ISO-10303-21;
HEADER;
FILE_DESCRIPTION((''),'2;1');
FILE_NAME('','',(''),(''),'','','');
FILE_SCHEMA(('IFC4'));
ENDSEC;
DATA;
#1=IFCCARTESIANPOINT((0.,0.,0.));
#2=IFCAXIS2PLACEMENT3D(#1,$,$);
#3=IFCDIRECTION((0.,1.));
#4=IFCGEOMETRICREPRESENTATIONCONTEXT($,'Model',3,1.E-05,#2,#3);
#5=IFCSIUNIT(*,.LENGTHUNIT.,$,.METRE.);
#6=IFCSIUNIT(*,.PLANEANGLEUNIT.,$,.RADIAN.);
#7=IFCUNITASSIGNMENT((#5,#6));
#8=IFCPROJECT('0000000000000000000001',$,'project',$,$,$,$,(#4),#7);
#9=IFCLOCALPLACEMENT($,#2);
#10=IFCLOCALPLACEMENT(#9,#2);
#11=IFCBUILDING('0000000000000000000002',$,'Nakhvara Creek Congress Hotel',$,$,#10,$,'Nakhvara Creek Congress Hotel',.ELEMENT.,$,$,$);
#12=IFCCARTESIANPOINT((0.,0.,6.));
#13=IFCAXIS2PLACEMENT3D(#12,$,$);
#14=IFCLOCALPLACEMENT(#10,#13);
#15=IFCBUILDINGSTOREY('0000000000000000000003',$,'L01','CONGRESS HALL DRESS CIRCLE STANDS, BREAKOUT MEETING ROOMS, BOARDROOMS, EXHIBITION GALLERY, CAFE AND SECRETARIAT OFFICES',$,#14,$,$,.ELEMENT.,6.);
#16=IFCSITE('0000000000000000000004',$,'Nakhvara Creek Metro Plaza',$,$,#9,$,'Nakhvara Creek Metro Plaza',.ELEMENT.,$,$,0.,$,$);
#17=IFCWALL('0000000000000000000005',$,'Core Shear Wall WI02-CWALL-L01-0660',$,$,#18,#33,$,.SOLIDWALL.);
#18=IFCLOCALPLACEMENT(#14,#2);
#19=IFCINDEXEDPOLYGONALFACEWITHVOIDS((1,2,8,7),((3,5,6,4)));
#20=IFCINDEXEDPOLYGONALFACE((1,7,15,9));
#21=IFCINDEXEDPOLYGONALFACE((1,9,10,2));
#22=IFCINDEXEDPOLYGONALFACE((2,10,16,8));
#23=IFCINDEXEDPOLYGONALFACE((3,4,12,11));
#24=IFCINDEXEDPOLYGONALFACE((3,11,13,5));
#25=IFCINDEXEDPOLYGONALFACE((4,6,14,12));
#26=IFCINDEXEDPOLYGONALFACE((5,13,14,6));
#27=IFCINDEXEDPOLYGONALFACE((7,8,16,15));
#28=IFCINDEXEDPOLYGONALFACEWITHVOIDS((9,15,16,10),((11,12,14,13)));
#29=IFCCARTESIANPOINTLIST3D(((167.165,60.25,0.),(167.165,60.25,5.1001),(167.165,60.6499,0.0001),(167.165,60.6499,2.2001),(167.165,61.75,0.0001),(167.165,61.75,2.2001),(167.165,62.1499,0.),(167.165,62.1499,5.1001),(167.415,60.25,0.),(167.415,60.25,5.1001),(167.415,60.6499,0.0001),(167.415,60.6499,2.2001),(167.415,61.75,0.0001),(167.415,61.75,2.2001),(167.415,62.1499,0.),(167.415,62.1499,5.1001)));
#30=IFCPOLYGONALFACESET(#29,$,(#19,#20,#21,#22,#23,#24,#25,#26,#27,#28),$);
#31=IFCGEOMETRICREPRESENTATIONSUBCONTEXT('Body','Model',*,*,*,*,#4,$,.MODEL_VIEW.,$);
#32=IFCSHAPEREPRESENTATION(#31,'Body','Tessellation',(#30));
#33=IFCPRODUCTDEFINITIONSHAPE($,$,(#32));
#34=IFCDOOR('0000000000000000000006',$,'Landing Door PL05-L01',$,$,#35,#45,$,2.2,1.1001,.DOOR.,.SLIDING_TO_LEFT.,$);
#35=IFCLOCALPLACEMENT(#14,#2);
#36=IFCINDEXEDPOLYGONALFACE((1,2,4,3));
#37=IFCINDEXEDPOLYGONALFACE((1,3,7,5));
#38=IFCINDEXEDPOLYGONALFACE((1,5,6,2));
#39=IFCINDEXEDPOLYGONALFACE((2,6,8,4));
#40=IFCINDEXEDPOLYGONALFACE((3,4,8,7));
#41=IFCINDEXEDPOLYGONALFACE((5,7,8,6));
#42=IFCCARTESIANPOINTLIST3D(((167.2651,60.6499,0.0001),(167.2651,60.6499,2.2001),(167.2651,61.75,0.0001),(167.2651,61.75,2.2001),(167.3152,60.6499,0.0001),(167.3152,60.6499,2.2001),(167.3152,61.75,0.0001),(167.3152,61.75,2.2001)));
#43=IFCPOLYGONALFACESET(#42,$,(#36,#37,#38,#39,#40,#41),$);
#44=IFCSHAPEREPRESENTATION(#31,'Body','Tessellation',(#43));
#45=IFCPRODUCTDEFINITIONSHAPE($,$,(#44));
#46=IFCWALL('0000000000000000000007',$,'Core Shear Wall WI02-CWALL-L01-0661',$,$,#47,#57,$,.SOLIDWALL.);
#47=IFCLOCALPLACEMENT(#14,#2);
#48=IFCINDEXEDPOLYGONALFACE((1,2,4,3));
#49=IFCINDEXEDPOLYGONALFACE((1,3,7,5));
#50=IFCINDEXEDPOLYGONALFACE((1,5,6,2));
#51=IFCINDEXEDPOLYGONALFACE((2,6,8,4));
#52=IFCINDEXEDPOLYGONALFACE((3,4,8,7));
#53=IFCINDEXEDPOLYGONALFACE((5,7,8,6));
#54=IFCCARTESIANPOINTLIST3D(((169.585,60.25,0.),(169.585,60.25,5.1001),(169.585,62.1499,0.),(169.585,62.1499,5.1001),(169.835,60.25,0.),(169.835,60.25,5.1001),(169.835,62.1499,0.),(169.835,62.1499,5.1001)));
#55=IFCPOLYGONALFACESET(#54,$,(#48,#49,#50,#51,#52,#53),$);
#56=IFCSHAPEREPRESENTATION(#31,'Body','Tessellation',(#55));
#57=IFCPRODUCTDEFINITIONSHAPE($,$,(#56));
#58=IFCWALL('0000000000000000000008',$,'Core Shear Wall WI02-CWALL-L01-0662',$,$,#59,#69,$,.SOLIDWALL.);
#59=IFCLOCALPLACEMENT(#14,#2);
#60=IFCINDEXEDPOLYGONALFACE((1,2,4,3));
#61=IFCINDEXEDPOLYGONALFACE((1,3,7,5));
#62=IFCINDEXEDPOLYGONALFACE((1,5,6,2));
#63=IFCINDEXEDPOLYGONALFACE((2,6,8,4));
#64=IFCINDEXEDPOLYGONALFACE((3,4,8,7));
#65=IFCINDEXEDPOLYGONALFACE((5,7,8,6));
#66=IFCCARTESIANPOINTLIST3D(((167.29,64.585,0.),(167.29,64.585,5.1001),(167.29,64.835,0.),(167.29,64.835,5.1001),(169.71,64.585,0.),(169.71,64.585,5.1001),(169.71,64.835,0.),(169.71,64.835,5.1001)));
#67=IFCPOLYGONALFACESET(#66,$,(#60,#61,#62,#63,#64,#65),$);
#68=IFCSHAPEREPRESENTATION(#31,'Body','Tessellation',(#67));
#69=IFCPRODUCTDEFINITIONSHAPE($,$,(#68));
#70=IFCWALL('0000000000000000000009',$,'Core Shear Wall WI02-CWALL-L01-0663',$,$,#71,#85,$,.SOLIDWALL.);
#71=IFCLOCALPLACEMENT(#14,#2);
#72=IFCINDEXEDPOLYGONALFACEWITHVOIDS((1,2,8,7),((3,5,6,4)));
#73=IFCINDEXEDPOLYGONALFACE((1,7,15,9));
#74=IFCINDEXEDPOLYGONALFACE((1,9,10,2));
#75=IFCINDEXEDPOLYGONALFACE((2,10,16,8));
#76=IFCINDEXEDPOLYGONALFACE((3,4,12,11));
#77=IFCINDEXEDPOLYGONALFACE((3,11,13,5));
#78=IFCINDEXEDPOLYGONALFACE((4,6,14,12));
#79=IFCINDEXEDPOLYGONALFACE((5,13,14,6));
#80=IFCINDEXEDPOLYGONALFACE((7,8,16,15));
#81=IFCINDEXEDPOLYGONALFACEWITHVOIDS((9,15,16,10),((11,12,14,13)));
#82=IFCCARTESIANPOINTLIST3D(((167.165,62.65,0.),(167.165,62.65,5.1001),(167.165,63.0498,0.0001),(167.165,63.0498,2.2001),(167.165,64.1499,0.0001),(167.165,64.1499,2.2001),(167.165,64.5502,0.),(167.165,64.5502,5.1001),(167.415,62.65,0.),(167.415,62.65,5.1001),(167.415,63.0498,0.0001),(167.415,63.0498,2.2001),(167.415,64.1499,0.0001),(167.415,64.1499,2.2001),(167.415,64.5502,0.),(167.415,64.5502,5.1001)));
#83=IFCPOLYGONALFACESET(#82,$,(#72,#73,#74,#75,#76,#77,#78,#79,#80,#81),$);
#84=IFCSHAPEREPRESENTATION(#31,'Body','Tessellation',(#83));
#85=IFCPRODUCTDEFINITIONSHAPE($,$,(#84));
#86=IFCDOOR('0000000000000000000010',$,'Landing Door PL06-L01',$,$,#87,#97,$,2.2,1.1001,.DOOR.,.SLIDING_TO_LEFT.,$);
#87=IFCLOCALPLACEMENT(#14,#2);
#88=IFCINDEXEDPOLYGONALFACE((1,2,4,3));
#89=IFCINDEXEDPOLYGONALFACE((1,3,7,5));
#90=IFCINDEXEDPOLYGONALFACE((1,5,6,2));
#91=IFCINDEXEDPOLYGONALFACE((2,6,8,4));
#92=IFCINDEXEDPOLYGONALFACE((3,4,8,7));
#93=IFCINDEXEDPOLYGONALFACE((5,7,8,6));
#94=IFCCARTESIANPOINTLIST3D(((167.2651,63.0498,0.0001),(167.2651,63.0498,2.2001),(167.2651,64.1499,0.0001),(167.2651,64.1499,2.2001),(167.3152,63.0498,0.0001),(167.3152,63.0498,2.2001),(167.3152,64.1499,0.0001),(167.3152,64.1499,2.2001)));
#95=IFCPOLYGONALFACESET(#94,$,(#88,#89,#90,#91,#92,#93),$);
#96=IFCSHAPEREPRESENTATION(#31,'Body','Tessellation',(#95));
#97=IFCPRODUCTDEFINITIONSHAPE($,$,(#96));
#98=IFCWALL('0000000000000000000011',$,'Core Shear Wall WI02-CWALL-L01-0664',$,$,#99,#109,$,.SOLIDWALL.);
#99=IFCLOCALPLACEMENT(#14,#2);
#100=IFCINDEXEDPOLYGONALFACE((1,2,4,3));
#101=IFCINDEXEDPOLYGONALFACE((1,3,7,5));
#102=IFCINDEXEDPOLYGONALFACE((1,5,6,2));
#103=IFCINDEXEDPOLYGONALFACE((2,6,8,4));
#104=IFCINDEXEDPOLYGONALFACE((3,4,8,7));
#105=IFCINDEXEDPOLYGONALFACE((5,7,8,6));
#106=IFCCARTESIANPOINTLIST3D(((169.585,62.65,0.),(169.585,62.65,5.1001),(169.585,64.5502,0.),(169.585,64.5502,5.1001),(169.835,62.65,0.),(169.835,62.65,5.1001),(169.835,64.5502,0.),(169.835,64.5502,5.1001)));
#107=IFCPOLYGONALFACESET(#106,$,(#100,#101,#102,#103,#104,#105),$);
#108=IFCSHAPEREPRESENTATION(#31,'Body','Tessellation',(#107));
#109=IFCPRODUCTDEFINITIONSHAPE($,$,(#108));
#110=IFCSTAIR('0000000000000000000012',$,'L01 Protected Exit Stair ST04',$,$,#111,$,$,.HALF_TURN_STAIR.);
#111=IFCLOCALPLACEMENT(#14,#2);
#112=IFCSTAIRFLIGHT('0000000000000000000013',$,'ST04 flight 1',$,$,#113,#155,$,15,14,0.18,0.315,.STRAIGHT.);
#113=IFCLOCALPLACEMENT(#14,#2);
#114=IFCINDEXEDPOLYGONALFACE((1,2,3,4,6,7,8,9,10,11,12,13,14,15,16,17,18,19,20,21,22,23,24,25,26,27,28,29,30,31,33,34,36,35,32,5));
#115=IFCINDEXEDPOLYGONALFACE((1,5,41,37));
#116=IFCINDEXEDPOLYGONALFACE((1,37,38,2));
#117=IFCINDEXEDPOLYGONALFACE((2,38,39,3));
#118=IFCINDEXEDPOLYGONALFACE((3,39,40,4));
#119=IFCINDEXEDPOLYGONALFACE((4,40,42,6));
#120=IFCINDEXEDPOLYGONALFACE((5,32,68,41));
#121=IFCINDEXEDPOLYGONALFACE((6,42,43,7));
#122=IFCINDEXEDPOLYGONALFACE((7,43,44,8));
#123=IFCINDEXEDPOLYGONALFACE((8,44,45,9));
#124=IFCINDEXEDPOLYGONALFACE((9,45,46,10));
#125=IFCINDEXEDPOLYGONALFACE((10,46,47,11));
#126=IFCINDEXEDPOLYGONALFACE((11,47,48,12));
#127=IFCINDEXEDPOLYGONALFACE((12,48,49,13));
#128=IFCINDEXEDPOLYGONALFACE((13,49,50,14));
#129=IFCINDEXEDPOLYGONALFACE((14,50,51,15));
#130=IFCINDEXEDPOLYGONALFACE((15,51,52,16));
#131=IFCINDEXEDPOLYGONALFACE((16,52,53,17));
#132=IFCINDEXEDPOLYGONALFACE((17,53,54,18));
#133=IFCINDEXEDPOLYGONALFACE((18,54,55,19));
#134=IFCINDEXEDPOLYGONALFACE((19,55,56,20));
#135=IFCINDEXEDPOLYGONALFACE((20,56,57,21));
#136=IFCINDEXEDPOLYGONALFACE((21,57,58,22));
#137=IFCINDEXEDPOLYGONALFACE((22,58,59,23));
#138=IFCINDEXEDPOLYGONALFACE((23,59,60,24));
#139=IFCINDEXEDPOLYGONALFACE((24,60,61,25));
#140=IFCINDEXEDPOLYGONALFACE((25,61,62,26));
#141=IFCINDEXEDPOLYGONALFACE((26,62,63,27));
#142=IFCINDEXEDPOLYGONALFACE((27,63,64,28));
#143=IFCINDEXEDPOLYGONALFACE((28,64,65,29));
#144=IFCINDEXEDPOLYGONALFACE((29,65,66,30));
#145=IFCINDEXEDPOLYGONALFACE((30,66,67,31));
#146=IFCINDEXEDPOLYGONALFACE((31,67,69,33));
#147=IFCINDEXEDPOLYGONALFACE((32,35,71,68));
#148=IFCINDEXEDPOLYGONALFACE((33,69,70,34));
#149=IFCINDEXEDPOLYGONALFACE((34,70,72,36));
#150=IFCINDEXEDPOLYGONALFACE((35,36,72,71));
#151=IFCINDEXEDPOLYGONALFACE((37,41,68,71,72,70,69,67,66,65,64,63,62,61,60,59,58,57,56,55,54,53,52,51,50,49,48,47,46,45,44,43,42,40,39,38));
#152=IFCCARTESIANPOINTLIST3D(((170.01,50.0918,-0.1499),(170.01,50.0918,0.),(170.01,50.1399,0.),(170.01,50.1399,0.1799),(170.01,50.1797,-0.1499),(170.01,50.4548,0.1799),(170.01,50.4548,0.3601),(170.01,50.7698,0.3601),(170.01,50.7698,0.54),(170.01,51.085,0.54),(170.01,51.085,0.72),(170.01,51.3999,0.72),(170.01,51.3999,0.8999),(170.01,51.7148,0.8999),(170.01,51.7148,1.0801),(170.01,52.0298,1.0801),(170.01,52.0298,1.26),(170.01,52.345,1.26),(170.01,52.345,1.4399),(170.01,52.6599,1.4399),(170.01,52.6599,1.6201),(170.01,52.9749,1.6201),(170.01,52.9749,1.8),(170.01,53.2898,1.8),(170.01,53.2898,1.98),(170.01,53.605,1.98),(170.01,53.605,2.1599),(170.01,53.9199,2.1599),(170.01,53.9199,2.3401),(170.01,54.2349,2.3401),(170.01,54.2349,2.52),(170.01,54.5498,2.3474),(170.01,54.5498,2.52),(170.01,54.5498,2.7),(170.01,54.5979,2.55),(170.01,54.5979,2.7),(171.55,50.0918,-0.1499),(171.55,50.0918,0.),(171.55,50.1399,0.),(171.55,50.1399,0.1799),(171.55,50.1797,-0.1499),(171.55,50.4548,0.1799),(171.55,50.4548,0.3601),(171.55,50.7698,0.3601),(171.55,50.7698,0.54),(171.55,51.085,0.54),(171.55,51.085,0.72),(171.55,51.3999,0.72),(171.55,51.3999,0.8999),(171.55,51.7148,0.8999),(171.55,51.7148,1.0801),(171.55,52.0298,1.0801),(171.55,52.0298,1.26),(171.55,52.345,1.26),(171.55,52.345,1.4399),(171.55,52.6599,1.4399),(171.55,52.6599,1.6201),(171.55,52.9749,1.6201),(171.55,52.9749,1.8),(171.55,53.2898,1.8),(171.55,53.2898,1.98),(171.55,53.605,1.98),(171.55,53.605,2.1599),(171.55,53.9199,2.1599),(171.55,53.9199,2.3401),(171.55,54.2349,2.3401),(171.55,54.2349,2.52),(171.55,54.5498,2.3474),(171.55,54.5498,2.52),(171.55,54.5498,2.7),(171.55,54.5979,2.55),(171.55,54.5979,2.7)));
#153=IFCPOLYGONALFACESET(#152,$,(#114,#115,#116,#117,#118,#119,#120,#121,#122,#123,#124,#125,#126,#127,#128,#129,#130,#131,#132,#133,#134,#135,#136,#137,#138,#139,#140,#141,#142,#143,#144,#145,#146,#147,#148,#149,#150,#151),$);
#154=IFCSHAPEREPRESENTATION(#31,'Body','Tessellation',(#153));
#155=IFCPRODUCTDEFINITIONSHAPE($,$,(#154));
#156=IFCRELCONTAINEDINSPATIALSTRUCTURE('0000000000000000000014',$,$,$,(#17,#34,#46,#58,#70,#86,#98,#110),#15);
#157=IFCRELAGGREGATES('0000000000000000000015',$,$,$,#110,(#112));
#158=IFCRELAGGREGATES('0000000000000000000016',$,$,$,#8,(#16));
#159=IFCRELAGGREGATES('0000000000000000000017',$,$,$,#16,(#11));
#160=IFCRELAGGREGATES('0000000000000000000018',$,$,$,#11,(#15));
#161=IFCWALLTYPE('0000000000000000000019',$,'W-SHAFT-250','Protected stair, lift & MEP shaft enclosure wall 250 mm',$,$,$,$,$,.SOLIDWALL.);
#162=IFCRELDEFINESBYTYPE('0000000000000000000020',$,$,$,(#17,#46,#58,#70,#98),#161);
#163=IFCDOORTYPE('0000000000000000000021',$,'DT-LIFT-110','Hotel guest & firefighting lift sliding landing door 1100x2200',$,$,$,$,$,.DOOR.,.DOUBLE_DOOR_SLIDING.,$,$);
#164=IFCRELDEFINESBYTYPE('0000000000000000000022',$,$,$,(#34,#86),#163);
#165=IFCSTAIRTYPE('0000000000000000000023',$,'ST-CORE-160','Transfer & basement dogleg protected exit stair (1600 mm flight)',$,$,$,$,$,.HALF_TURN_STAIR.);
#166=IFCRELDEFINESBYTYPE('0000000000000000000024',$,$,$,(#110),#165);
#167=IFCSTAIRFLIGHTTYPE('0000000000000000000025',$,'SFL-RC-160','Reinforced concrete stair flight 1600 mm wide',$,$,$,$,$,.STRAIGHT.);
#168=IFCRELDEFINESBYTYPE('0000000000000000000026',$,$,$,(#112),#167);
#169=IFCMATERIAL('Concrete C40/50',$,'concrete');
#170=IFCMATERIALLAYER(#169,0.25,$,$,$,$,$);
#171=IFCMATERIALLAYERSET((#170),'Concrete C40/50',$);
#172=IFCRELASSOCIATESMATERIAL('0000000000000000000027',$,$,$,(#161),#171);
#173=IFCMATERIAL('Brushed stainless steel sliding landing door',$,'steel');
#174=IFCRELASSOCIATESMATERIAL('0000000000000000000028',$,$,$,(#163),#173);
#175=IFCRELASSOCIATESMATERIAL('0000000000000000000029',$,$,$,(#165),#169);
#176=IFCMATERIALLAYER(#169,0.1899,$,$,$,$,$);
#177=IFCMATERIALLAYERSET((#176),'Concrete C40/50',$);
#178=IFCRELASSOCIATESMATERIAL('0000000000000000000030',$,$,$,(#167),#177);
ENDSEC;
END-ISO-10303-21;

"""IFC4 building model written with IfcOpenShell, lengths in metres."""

from ifc_helpers import new_model, si_unit, direction, frame, frame_2d, origin, place, context, subcontext, project, spatial, polyline, rectangle, outline, extrude, material, layer, layer_set, type_object, element, fill, aggregate, save


model = new_model("IFC4")

# Units and contexts
model_context = context("Model", 3, precision=1e-05, world=origin(), true_north=direction((0.0, 1.0)))
body_context = subcontext(model_context, "Body", "Model", "MODEL_VIEW")
ifc_project = project(units=[si_unit("LENGTHUNIT", "METRE"), si_unit("PLANEANGLEUNIT", "RADIAN")], contexts=[model_context])

# Site, building, storey
site_placement = place(None, origin())
site = spatial("IfcSite", under=ifc_project, at=site_placement, Name="Nakhvara Creek Metro Plaza", LongName="Nakhvara Creek Metro Plaza", CompositionType="ELEMENT", RefElevation=0.0)
building_placement = place(site_placement, origin())
building = spatial("IfcBuilding", under=site, at=building_placement, Name="Nakhvara Creek Congress Hotel", LongName="Nakhvara Creek Congress Hotel", CompositionType="ELEMENT")
storey_placement = place(building_placement, frame((0.0, 0.0, 6.0)))
storey = spatial("IfcBuildingStorey", under=building, at=storey_placement, Name="L01", Description="CONGRESS HALL DRESS CIRCLE STANDS, BREAKOUT MEETING ROOMS, BOARDROOMS, EXHIBITION GALLERY, CAFE AND SECRETARIAT OFFICES", CompositionType="ELEMENT", Elevation=6.0)

# Shared definitions
ifc_material_1 = material(Name="Concrete C40/50", Category="concrete")

# Shared definitions
ifc_layer_1 = layer(ifc_material_1, 0.25)
ifc_layer_set_1 = layer_set([ifc_layer_1], Name="Concrete C40/50")
wall_type_1 = type_object("IfcWallType", Name="W-SHAFT-250", Description="Protected stair, lift & MEP shaft enclosure wall 250 mm", PredefinedType="SOLIDWALL", material=ifc_layer_set_1)

# Wall, opening, door
wall_1_placement = place(storey_placement, frame((167.29, 60.25, 0.0), z_axis=(0.0, 0.0, 1.0), x_axis=(0.0, 1.0, 0.0)))
wall_1 = element("IfcWall", 1, at=wall_1_placement, inside=storey, type_object=wall_type_1, Name="Core Shear Wall WI02-CWALL-L01-0660", PredefinedType="SOLIDWALL", context=body_context, shape_type="SweptSolid", body=[
    extrude(rectangle(XDim=1.8999, YDim=0.25, at=frame_2d((0.95, 0.0))), origin(), (0.0, 0.0, 1.0), 5.1001),
])
opening_1_placement = place(wall_1_placement, frame((0.3999, 0.0, 0.0)))
opening_1 = element("IfcOpeningElement", 2, at=opening_1_placement, cuts=wall_1, PredefinedType="OPENING", context=body_context, shape_type="SweptSolid", body=[
    extrude(rectangle(XDim=1.1001, YDim=2.2, at=frame_2d((0.55, 1.1001))), frame((0.0, 0.137, 0.0), z_axis=(0.0, -1.0, 0.0), x_axis=(1.0, 0.0, 0.0)), (0.0, 0.0, 1.0), 0.2739),
])
ifc_material_2 = material(Name="Brushed stainless steel sliding landing door", Category="steel")
door_type_1 = type_object("IfcDoorType", Name="DT-LIFT-110", Description="Hotel guest & firefighting lift sliding landing door 1100x2200", OperationType="DOUBLE_DOOR_SLIDING", PredefinedType="DOOR", material=ifc_material_2)
door_1_placement = place(opening_1_placement, origin())
door_1 = element("IfcDoor", 3, at=door_1_placement, inside=storey, type_object=door_type_1, Name="Landing Door PL05-L01", OperationType="SLIDING_TO_LEFT", OverallHeight=2.2, OverallWidth=1.1001, PredefinedType="DOOR", context=body_context, shape_type="SweptSolid", body=[
    extrude(rectangle(XDim=1.1001, YDim=2.2, at=frame_2d((0.55, 1.1001))), frame((0.0, 0.0249, 0.0), z_axis=(0.0, -1.0, 0.0), x_axis=(1.0, 0.0, 0.0)), (0.0, 0.0, 1.0), 0.05),
])
fill(opening_1, door_1)

# Walls
wall_2_placement = place(storey_placement, frame((169.71, 60.25, 0.0), z_axis=(0.0, 0.0, 1.0), x_axis=(0.0, 1.0, 0.0)))
element("IfcWall", 4, at=wall_2_placement, inside=storey, type_object=wall_type_1, Name="Core Shear Wall WI02-CWALL-L01-0661", PredefinedType="SOLIDWALL", context=body_context, shape_type="SweptSolid", body=[
    extrude(rectangle(XDim=1.8999, YDim=0.25, at=frame_2d((0.95, 0.0))), origin(), (0.0, 0.0, 1.0), 5.1001),
])
wall_3_placement = place(storey_placement, frame((167.29, 64.71, 0.0), z_axis=(0.0, 0.0, 1.0), x_axis=(1.0, 0.0, 0.0)))
element("IfcWall", 5, at=wall_3_placement, inside=storey, type_object=wall_type_1, Name="Core Shear Wall WI02-CWALL-L01-0662", PredefinedType="SOLIDWALL", context=body_context, shape_type="SweptSolid", body=[
    extrude(rectangle(XDim=2.4199, YDim=0.25, at=frame_2d((1.21, 0.0))), origin(), (0.0, 0.0, 1.0), 5.1001),
])

# Wall, opening, door
wall_4_placement = place(storey_placement, frame((167.29, 62.6499, 0.0), z_axis=(0.0, 0.0, 1.0), x_axis=(0.0, 1.0, 0.0)))
wall_4 = element("IfcWall", 6, at=wall_4_placement, inside=storey, type_object=wall_type_1, Name="Core Shear Wall WI02-CWALL-L01-0663", PredefinedType="SOLIDWALL", context=body_context, shape_type="SweptSolid", body=[
    extrude(rectangle(XDim=1.9001, YDim=0.25, at=frame_2d((0.9502, 0.0))), origin(), (0.0, 0.0, 1.0), 5.1001),
])
opening_2_placement = place(wall_4_placement, frame((0.3999, 0.0, 0.0)))
opening_2 = element("IfcOpeningElement", 7, at=opening_2_placement, cuts=wall_4, PredefinedType="OPENING", context=body_context, shape_type="SweptSolid", body=[
    extrude(rectangle(XDim=1.1001, YDim=2.2, at=frame_2d((0.55, 1.1001))), frame((0.0, 0.137, 0.0), z_axis=(0.0, -1.0, 0.0), x_axis=(1.0, 0.0, 0.0)), (0.0, 0.0, 1.0), 0.2739),
])
door_2_placement = place(opening_2_placement, origin())
door_2 = element("IfcDoor", 8, at=door_2_placement, inside=storey, type_object=door_type_1, Name="Landing Door PL06-L01", OperationType="SLIDING_TO_LEFT", OverallHeight=2.2, OverallWidth=1.1001, PredefinedType="DOOR", context=body_context, shape_type="SweptSolid", body=[
    extrude(rectangle(XDim=1.1001, YDim=2.2, at=frame_2d((0.55, 1.1001))), frame((0.0, 0.0249, 0.0), z_axis=(0.0, -1.0, 0.0), x_axis=(1.0, 0.0, 0.0)), (0.0, 0.0, 1.0), 0.05),
])
fill(opening_2, door_2)

# Wall
wall_5_placement = place(storey_placement, frame((169.71, 62.6499, 0.0), z_axis=(0.0, 0.0, 1.0), x_axis=(0.0, 1.0, 0.0)))
element("IfcWall", 9, at=wall_5_placement, inside=storey, type_object=wall_type_1, Name="Core Shear Wall WI02-CWALL-L01-0664", PredefinedType="SOLIDWALL", context=body_context, shape_type="SweptSolid", body=[
    extrude(rectangle(XDim=1.9001, YDim=0.25, at=frame_2d((0.9502, 0.0))), origin(), (0.0, 0.0, 1.0), 5.1001),
])

# Stair, stair flight
stair_type = type_object("IfcStairType", Name="ST-CORE-160", Description="Transfer & basement dogleg protected exit stair (1600 mm flight)", PredefinedType="HALF_TURN_STAIR", material=ifc_material_1)
stair_placement = place(storey_placement, origin())
stair = element("IfcStair", 10, at=stair_placement, inside=storey, type_object=stair_type, Name="L01 Protected Exit Stair ST04", PredefinedType="HALF_TURN_STAIR")
ifc_layer_2 = layer(ifc_material_1, 0.1899)
ifc_layer_set_2 = layer_set([ifc_layer_2], Name="Concrete C40/50")
stair_flight_type = type_object("IfcStairFlightType", Name="SFL-RC-160", Description="Reinforced concrete stair flight 1600 mm wide", PredefinedType="STRAIGHT", material=ifc_layer_set_2)
stair_flight_1_placement = place(storey_placement, frame((170.78, 50.1399, 0.0), z_axis=(0.0, 0.0, 1.0), x_axis=(0.0, 1.0, 0.0)))
stair_flight_1 = element("IfcStairFlight", 11, at=stair_flight_1_placement, type_object=stair_flight_type, Name="ST04 flight 1", NumberOfRisers=15, NumberOfTreads=14, PredefinedType="STRAIGHT", RiserHeight=0.18, TreadLength=0.315, context=body_context, shape_type="SweptSolid", body=[
    extrude(outline(polyline([(-0.0481, 0.0), (0.0, 0.0), (0.0, 0.1799), (0.3149, 0.1799), (0.3149, 0.3601), (0.6299, 0.3601), (0.6299, 0.54), (0.9451, 0.54), (0.9451, 0.72), (1.26, 0.72), (1.26, 0.8999), (1.575, 0.8999), (1.575, 1.0801), (1.8899, 1.0801), (1.8899, 1.26), (2.2051, 1.26), (2.2051, 1.4399), (2.52, 1.4399), (2.52, 1.6201), (2.835, 1.6201), (2.835, 1.8), (3.1499, 1.8), (3.1499, 1.98), (3.4651, 1.98), (3.4651, 2.1599), (3.78, 2.1599), (3.78, 2.3401), (4.095, 2.3401), (4.095, 2.52), (4.4099, 2.52), (4.4099, 2.7), (4.458, 2.7), (4.458, 2.55), (4.4099, 2.3474), (0.0398, -0.1499), (-0.0481, -0.1499), (-0.0481, 0.0)])), frame((0.0, 0.77, 0.0), z_axis=(0.0, -1.0, 0.0), x_axis=(1.0, 0.0, 0.0)), (0.0, 0.0, 1.0), 1.54),
])
aggregate(stair, [stair_flight_1])

save(model, "model.ifc")
